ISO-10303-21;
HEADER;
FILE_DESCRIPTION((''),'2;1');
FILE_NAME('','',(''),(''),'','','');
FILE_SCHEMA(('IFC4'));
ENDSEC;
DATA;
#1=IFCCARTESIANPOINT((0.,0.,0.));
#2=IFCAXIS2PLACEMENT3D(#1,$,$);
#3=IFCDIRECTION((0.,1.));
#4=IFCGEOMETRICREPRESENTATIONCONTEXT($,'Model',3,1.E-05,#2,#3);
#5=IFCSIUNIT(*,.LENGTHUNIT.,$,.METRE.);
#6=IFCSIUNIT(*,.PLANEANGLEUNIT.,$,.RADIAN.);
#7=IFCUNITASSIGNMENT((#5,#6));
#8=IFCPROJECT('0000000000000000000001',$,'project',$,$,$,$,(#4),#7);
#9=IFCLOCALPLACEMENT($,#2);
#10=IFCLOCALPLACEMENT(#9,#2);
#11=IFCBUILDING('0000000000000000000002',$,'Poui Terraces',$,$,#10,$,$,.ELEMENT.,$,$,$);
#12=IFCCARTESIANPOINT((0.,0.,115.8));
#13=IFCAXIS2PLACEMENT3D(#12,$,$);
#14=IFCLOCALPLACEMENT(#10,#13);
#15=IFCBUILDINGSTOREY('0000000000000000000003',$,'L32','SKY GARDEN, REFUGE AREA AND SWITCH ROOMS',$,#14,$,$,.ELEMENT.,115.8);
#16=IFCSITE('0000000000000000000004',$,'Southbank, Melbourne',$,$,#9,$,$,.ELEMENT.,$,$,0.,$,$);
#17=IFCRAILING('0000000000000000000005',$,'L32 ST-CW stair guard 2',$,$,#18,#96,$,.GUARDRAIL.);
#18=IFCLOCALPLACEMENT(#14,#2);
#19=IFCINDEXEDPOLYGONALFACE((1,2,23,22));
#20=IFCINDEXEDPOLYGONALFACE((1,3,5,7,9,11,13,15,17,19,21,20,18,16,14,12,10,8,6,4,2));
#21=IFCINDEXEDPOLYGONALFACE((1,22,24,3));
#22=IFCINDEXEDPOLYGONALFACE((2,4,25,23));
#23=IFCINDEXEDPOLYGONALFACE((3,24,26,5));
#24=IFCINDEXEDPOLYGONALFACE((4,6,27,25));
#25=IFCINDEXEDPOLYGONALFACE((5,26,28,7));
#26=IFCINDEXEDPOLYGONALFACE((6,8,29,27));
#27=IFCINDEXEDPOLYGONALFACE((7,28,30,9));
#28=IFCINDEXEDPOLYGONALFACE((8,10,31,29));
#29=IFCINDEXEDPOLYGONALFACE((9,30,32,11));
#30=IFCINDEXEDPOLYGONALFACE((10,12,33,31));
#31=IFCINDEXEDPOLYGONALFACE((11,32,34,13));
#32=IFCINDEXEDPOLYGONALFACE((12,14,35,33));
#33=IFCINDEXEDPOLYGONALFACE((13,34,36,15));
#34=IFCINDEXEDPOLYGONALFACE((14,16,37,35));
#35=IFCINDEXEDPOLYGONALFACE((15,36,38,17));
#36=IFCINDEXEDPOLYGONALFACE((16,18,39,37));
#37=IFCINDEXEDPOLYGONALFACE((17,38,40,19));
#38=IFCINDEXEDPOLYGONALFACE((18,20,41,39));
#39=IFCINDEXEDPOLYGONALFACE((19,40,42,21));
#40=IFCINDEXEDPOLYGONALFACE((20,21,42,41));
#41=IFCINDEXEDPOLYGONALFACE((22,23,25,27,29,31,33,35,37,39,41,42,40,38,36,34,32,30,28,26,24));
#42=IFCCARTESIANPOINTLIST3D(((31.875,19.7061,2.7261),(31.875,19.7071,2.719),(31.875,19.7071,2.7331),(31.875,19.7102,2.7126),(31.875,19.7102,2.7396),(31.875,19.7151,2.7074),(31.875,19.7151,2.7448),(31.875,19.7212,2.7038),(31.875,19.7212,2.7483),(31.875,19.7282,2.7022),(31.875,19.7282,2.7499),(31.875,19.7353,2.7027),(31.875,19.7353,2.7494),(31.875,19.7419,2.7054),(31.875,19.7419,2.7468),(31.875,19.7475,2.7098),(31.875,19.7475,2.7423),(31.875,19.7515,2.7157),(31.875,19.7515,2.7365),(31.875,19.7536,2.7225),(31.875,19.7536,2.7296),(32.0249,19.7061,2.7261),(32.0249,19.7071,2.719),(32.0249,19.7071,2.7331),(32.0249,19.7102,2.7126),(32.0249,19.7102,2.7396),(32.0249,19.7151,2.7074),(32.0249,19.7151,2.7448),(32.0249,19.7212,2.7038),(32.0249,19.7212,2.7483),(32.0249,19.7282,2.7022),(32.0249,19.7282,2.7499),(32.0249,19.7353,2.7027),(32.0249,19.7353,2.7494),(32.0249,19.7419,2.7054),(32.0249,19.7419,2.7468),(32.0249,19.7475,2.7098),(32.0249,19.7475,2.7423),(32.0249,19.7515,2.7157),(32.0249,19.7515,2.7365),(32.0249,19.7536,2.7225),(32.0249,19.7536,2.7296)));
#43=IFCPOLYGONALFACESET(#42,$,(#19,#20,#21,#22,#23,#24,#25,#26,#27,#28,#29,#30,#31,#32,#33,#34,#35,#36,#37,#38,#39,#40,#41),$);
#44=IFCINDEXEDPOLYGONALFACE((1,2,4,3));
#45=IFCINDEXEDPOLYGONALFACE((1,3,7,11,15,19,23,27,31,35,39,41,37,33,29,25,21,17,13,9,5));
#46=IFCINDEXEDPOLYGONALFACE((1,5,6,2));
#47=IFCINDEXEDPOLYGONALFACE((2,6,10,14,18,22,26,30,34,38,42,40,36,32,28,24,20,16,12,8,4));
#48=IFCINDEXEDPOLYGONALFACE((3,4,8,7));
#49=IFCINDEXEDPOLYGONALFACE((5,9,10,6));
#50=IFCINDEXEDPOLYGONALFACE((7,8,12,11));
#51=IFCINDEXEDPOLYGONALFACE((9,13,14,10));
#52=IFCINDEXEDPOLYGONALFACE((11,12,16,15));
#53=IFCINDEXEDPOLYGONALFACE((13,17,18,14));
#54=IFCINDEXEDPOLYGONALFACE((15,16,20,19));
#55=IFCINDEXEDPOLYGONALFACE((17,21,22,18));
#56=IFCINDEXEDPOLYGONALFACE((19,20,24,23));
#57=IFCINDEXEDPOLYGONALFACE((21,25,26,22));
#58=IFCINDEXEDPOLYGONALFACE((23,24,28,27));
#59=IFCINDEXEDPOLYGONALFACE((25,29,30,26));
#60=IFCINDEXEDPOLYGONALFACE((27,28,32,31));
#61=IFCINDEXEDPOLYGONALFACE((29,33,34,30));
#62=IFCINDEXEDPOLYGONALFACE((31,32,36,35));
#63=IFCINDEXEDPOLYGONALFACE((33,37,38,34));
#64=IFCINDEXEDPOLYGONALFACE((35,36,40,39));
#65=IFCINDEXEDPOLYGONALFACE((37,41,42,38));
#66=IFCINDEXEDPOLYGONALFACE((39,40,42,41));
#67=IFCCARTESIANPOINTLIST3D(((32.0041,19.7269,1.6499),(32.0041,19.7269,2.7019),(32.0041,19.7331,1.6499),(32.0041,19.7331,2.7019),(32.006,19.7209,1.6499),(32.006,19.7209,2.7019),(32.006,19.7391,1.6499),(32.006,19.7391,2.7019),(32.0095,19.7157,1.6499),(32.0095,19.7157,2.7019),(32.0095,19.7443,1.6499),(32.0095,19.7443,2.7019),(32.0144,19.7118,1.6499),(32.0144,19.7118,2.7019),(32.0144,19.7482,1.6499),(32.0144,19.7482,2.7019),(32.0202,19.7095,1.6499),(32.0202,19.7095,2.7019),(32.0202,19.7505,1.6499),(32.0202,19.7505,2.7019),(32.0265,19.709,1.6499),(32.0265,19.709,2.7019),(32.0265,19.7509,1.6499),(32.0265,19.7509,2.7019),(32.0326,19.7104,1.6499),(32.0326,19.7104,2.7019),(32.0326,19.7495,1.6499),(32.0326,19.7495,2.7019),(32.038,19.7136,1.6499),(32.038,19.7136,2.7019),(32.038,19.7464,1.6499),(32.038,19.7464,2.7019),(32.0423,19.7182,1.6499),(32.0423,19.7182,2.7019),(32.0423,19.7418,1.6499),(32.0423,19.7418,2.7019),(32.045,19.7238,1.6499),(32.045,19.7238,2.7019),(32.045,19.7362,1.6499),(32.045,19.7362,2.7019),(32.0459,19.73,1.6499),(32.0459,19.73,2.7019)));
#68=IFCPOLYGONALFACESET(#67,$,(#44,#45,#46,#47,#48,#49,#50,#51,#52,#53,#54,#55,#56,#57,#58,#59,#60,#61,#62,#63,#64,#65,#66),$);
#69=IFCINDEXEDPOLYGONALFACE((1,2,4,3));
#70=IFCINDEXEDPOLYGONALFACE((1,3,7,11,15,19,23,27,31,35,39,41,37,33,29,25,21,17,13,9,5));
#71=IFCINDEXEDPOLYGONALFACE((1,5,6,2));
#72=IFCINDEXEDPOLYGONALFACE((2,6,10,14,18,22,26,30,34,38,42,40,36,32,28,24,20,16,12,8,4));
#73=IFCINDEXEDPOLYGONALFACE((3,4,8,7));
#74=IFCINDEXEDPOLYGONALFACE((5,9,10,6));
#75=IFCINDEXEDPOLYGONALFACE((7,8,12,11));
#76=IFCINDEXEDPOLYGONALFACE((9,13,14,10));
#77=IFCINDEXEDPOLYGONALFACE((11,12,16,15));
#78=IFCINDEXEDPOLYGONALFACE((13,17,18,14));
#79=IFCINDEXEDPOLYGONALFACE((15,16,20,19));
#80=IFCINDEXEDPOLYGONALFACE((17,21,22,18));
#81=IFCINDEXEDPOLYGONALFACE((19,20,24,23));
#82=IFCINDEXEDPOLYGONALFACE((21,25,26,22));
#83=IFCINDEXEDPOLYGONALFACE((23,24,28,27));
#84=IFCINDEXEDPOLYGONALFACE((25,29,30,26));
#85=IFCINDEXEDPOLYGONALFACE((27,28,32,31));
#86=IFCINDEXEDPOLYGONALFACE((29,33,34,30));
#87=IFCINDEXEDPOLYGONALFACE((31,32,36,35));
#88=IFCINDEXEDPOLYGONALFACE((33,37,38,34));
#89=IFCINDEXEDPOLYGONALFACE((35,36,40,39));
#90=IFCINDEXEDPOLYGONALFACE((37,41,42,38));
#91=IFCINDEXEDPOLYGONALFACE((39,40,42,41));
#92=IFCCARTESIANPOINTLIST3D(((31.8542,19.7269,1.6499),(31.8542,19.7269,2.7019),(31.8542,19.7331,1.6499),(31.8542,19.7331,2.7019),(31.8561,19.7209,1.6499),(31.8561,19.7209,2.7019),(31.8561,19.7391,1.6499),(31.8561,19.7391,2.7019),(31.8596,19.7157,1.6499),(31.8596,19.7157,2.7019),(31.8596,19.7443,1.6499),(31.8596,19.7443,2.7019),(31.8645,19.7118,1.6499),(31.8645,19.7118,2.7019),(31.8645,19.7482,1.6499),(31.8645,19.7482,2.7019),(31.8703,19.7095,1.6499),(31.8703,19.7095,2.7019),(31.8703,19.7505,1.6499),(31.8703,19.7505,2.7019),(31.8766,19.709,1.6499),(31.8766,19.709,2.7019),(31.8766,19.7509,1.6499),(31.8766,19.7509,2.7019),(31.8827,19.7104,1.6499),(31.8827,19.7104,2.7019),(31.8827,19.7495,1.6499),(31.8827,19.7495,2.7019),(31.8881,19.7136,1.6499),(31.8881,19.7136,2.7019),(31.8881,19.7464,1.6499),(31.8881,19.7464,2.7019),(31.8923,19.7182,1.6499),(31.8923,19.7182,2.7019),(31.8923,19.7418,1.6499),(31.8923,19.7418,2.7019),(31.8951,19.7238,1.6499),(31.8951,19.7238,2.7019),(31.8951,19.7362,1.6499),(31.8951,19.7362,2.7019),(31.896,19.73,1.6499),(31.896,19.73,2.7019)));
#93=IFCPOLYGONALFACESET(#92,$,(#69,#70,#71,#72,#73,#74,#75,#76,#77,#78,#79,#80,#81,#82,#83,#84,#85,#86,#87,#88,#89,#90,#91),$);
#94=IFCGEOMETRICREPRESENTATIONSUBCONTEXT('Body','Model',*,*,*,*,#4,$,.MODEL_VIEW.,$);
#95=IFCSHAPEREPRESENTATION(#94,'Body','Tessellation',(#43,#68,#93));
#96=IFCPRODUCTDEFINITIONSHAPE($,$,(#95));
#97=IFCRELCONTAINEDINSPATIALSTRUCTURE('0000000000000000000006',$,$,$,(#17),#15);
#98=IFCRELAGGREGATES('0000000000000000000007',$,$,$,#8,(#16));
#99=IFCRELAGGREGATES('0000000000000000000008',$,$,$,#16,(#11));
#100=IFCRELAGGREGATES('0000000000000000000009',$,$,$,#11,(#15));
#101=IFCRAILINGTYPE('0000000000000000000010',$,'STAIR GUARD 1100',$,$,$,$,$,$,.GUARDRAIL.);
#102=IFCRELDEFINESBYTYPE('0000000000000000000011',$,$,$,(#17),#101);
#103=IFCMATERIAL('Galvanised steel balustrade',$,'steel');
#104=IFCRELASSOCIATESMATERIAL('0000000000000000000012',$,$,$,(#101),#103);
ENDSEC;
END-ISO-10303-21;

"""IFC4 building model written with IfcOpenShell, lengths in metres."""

from ifc_helpers import new_model, si_unit, direction, frame, origin, origin_2d, place, context, subcontext, project, spatial, circle, extrude, material, type_object, element, save


model = new_model("IFC4")

# Units and contexts
model_context = context("Model", 3, precision=1e-05, world=origin(), true_north=direction((0.0, 1.0)))
body_context = subcontext(model_context, "Body", "Model", "MODEL_VIEW")
ifc_project = project(units=[si_unit("LENGTHUNIT", "METRE"), si_unit("PLANEANGLEUNIT", "RADIAN")], contexts=[model_context])

# Site, building, storey
site_placement = place(None, origin())
site = spatial("IfcSite", under=ifc_project, at=site_placement, Name="Southbank, Melbourne", CompositionType="ELEMENT", RefElevation=0.0)
building_placement = place(site_placement, origin())
building = spatial("IfcBuilding", under=site, at=building_placement, Name="Poui Terraces", CompositionType="ELEMENT")
storey_placement = place(building_placement, frame((0.0, 0.0, 115.8)))
storey = spatial("IfcBuildingStorey", under=building, at=storey_placement, Name="L32", Description="SKY GARDEN, REFUGE AREA AND SWITCH ROOMS", CompositionType="ELEMENT", Elevation=115.8)

# Railing
ifc_material_1 = material(Name="Galvanised steel balustrade", Category="steel")
railing_type = type_object("IfcRailingType", Name="STAIR GUARD 1100", PredefinedType="GUARDRAIL", material=ifc_material_1)
railing_1_placement = place(storey_placement, frame((32.0249, 19.73, 1.6499)))
element("IfcRailing", 1, at=railing_1_placement, inside=storey, type_object=railing_type, Name="L32 ST-CW stair guard 2", PredefinedType="GUARDRAIL", context=body_context, shape_type="SweptSolid", body=[
    extrude(circle(Radius=0.0239, at=origin_2d()), frame((0.0, 0.0, 1.0762), z_axis=(-1.0, 0.0, 0.0), x_axis=(0.0, -1.0, 0.0)), (0.0, 0.0, 1.0), 0.1499),
    extrude(circle(Radius=0.021, at=origin_2d()), origin(), (0.0, 0.0, 1.0), 1.052),
    extrude(circle(Radius=0.021, at=origin_2d()), frame((-0.1499, 0.0, 0.0)), (0.0, 0.0, 1.0), 1.052),
])

save(model, "model.ifc")
